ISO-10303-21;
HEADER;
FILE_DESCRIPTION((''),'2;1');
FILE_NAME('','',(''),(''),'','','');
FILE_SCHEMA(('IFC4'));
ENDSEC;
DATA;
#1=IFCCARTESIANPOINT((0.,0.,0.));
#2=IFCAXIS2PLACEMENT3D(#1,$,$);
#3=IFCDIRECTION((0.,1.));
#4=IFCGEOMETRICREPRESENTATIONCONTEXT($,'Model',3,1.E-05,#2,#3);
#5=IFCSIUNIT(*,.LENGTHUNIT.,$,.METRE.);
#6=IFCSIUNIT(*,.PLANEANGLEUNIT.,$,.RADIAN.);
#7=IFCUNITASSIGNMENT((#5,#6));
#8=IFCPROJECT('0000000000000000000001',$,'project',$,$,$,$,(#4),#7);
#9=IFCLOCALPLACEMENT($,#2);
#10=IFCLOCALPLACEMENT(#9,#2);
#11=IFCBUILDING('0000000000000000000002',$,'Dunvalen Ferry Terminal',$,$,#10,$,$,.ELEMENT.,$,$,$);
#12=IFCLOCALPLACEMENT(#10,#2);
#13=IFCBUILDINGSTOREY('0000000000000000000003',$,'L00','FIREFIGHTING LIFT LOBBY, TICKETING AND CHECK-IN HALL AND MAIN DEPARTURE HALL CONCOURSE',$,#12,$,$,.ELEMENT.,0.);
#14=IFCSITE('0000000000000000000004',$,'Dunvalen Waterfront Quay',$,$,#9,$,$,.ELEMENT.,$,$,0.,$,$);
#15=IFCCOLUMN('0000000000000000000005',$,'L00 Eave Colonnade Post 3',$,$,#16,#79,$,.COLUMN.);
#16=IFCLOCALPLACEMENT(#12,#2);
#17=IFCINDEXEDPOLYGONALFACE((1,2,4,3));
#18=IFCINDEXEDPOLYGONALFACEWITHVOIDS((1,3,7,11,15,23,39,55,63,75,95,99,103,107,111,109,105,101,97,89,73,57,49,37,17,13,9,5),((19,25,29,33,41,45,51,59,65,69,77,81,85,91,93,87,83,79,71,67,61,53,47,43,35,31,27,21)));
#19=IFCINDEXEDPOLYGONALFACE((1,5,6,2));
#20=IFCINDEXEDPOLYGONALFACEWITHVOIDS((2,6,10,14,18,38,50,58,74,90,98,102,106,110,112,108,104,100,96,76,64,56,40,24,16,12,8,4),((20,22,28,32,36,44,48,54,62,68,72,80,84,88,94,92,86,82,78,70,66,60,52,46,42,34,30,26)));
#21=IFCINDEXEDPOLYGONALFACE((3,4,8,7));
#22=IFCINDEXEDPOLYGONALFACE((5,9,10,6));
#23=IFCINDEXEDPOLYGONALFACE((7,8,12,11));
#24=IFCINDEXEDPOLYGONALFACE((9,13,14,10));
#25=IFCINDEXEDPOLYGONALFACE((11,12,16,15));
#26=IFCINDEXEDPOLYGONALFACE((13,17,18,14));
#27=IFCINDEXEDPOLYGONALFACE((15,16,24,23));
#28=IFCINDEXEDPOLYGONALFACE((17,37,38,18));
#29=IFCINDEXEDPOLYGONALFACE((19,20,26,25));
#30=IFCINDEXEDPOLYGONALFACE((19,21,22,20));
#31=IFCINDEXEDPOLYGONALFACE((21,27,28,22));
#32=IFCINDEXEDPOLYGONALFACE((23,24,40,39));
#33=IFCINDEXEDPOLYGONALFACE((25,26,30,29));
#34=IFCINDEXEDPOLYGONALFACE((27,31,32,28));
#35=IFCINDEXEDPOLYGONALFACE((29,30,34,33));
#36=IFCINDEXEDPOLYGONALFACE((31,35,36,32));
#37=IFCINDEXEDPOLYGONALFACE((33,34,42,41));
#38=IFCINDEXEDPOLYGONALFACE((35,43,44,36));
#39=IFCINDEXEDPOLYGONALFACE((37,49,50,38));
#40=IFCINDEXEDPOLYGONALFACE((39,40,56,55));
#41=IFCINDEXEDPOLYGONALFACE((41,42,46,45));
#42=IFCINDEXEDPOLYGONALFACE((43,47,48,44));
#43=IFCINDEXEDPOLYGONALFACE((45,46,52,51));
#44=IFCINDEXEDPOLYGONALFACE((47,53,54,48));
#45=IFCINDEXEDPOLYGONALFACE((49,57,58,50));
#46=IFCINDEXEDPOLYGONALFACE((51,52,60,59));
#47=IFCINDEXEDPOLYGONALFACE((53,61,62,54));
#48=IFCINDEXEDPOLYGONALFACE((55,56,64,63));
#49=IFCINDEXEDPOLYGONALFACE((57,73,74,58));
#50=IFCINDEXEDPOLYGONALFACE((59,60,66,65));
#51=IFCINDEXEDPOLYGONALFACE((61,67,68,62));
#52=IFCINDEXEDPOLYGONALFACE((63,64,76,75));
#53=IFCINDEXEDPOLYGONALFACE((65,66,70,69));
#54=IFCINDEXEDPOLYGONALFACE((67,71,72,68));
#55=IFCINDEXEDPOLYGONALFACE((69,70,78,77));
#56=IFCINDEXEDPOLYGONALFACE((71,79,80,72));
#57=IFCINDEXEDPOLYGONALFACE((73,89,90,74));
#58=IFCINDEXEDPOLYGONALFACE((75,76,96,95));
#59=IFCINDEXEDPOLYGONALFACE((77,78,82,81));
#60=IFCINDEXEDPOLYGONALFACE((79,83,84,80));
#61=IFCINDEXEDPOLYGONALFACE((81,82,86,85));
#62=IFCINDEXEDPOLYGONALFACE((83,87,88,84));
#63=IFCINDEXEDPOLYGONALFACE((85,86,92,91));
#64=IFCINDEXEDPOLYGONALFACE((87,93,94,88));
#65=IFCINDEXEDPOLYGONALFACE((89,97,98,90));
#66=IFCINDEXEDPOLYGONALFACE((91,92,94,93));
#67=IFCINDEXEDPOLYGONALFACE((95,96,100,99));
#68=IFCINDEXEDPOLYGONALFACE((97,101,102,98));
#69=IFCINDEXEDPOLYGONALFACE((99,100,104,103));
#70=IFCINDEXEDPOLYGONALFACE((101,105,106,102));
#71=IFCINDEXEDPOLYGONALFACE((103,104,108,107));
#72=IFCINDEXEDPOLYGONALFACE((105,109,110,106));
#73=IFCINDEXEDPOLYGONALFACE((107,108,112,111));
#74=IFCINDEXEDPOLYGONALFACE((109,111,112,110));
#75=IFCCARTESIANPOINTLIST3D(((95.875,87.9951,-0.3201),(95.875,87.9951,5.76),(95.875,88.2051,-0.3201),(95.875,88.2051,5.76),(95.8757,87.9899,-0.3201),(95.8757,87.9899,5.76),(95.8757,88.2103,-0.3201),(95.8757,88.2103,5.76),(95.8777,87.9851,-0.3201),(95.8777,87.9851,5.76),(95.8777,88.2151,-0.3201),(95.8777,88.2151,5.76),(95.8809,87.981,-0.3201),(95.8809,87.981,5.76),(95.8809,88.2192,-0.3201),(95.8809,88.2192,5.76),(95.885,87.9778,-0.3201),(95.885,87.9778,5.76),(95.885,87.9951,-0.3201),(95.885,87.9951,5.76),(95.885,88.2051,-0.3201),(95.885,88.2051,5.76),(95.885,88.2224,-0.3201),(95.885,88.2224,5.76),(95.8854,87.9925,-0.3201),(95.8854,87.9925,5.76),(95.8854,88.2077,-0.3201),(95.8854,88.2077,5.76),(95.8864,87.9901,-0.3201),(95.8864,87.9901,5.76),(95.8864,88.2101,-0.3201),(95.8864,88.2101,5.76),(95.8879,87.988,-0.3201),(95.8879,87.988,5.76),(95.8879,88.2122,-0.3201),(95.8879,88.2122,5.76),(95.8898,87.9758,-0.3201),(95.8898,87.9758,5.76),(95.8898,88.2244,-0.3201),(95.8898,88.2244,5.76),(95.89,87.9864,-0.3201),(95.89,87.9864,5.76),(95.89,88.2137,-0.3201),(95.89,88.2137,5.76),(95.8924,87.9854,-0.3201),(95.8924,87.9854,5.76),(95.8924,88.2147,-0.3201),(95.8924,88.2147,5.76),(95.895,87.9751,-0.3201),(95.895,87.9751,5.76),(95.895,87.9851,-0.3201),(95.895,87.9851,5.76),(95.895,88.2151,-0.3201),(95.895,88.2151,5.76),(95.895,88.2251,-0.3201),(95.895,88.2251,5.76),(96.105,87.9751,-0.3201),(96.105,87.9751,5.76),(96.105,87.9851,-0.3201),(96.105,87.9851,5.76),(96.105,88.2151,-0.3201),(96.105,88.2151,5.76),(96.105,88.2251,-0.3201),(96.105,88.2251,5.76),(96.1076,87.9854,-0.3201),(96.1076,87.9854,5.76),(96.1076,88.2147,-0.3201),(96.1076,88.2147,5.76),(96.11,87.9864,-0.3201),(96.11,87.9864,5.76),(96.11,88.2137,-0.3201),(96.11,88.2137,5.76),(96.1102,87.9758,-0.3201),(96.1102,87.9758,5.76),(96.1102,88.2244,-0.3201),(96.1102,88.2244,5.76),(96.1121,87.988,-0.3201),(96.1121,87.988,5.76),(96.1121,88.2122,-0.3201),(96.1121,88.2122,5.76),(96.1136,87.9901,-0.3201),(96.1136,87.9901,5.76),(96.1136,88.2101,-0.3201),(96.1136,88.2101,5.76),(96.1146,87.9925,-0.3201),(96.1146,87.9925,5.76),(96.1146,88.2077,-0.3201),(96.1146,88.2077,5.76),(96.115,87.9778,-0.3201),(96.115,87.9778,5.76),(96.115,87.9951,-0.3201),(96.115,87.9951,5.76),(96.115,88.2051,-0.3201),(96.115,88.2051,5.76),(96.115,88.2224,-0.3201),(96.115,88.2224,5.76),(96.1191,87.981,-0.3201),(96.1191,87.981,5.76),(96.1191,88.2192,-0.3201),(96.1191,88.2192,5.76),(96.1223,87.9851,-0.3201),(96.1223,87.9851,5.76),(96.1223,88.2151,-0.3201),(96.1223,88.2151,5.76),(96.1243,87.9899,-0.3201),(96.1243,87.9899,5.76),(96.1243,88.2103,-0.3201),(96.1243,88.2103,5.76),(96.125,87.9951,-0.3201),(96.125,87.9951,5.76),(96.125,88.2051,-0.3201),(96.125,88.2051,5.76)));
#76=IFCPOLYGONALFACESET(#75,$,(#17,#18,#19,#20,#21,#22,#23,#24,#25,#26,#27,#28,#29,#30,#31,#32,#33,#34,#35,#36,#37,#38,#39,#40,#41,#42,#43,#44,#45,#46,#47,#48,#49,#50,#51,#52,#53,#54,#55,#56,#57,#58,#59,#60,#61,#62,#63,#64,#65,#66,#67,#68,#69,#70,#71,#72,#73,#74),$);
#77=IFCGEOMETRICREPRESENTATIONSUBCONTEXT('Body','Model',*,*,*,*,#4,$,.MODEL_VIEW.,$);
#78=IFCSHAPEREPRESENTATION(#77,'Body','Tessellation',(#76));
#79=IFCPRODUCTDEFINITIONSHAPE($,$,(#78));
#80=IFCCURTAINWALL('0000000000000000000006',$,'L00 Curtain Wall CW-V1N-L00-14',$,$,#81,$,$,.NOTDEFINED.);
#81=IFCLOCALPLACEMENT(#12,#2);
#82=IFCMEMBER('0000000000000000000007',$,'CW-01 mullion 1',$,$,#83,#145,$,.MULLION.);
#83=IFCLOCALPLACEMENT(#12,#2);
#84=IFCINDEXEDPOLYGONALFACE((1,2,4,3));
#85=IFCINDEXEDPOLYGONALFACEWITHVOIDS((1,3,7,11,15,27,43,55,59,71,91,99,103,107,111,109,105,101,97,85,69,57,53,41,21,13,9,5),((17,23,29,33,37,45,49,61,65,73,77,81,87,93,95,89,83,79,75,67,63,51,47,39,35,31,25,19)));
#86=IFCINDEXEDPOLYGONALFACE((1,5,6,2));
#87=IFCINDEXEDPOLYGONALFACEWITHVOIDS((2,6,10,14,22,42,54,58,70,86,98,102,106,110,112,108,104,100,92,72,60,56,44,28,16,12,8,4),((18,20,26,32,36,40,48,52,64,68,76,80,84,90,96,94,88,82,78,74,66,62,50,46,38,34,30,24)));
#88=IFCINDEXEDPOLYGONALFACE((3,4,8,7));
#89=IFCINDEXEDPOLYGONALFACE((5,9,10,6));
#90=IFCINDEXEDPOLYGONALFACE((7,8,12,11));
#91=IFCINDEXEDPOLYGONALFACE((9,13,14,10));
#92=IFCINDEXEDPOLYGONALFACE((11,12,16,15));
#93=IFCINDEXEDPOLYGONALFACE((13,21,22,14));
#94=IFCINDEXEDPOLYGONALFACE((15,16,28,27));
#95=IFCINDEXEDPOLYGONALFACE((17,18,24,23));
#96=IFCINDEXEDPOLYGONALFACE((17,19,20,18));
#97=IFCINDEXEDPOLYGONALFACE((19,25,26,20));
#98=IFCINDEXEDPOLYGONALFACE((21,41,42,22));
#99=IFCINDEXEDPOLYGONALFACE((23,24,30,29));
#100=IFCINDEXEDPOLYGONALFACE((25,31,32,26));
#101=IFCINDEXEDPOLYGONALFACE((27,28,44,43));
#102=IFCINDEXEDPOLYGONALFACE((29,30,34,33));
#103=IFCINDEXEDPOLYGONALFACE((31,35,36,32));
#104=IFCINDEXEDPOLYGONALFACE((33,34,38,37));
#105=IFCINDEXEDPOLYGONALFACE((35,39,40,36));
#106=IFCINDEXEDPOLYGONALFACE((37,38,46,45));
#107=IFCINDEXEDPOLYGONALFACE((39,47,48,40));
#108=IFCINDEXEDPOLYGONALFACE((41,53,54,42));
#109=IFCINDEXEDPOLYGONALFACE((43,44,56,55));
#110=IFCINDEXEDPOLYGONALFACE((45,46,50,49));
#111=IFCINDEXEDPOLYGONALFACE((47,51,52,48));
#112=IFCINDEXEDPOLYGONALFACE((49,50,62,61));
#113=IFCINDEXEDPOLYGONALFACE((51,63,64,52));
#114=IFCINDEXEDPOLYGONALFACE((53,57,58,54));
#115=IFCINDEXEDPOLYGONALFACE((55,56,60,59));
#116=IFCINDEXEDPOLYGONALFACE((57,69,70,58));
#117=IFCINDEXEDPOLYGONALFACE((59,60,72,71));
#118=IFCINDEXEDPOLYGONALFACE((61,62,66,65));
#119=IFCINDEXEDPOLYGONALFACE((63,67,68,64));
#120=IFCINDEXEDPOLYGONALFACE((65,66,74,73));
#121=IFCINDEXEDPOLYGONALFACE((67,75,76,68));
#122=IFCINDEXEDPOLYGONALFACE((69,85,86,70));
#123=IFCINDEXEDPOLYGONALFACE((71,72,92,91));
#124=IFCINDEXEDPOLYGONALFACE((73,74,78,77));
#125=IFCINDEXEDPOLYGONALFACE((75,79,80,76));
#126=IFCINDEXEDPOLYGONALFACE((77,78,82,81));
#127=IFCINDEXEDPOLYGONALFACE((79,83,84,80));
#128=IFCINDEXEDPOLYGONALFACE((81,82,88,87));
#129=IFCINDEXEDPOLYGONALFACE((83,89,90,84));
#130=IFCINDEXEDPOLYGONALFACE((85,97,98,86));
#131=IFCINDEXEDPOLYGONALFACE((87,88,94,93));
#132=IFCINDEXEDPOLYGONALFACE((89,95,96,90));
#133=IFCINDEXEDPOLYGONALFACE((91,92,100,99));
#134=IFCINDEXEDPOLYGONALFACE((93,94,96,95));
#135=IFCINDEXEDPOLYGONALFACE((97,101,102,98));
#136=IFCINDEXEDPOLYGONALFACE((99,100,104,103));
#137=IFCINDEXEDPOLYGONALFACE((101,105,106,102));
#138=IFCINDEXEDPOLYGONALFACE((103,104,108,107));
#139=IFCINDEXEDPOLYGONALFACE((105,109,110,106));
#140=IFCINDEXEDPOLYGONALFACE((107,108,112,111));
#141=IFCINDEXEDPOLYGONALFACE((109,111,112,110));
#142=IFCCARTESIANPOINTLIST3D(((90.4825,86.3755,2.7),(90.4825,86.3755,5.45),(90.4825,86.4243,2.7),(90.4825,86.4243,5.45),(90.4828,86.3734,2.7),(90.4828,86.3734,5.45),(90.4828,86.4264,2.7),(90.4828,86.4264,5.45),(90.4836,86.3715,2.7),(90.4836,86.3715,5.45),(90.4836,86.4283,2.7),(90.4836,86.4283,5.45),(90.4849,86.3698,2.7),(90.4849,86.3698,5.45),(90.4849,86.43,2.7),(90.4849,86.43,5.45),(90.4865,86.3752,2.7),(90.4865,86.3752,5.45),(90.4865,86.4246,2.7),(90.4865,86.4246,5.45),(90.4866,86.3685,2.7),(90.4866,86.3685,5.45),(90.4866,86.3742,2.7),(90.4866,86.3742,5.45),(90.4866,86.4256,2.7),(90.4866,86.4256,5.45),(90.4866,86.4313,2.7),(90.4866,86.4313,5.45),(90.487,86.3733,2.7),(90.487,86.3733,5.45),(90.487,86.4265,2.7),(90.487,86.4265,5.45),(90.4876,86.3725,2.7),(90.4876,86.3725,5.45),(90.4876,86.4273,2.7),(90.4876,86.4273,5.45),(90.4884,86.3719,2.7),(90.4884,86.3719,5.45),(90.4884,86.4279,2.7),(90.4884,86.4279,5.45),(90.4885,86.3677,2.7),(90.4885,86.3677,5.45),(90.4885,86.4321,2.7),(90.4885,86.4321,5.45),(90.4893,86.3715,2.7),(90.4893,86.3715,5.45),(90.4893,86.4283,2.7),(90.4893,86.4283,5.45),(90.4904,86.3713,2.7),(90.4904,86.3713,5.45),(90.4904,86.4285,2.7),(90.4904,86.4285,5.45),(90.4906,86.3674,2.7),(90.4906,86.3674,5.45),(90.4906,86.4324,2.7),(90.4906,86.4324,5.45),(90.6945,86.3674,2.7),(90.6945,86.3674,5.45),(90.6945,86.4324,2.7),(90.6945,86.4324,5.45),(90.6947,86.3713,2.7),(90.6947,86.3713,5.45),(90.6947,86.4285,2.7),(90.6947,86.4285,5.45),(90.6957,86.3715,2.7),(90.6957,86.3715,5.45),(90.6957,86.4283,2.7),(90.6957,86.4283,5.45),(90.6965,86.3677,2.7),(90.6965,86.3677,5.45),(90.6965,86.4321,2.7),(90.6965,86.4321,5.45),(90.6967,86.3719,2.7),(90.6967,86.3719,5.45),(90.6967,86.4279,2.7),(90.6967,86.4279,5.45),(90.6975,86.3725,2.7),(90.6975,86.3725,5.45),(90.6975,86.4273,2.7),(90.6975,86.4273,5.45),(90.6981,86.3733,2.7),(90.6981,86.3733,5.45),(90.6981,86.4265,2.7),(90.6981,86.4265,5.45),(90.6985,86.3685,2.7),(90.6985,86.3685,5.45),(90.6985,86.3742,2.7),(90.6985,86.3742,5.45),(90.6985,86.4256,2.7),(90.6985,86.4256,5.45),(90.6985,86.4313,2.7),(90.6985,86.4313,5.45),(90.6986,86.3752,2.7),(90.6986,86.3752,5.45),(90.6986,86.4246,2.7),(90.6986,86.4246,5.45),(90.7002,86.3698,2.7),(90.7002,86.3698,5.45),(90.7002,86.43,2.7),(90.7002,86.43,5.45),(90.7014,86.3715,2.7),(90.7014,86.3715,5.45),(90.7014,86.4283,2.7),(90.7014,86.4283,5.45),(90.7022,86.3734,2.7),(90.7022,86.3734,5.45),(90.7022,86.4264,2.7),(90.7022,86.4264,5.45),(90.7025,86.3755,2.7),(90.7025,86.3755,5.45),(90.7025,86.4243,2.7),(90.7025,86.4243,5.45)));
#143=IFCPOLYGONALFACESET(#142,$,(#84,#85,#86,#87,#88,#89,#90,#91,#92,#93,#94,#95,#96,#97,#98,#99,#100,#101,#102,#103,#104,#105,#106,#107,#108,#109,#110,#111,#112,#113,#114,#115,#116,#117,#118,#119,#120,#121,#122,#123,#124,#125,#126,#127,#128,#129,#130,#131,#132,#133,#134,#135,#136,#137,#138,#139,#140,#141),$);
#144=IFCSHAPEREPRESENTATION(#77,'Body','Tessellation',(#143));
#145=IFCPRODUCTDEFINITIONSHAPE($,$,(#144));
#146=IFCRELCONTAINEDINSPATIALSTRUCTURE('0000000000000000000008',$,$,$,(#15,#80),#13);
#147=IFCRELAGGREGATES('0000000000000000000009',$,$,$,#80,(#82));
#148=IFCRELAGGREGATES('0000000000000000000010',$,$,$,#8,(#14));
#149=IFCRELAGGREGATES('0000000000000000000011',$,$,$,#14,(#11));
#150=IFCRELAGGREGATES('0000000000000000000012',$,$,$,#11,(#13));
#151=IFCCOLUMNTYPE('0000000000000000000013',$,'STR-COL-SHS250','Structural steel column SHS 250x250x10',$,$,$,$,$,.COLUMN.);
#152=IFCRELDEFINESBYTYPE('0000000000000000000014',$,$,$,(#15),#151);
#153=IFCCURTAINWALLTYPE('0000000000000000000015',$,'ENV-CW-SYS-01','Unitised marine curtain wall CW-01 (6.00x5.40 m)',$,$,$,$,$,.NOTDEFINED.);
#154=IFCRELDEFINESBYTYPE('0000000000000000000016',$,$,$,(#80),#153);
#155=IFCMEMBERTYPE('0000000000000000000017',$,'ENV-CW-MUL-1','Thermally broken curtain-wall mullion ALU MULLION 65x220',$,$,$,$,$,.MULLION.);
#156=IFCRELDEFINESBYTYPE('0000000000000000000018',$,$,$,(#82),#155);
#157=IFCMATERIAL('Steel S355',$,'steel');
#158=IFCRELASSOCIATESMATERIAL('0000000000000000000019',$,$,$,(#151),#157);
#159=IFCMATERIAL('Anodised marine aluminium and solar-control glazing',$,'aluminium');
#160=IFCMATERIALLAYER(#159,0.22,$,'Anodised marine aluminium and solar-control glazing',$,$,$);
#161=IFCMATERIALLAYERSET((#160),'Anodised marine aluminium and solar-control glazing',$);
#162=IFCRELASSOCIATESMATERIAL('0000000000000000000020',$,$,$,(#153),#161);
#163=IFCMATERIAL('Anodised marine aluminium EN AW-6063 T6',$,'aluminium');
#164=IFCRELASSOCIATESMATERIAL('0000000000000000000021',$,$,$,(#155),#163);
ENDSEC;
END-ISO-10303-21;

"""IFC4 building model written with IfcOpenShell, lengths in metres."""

from ifc_helpers import new_model, si_unit, direction, frame, origin, origin_2d, place, context, subcontext, project, spatial, hollow_rectangle, extrude, material, layer, layer_set, material_profile, profile_set, type_object, element, aggregate, save


model = new_model("IFC4")

# Units and contexts
model_context = context("Model", 3, precision=1e-05, world=origin(), true_north=direction((0.0, 1.0)))
body_context = subcontext(model_context, "Body", "Model", "MODEL_VIEW")
ifc_project = project(units=[si_unit("LENGTHUNIT", "METRE"), si_unit("PLANEANGLEUNIT", "RADIAN")], contexts=[model_context])

# Site, building, storey
site_placement = place(None, origin())
site = spatial("IfcSite", under=ifc_project, at=site_placement, Name="Dunvalen Waterfront Quay", CompositionType="ELEMENT", RefElevation=0.0)
building_placement = place(site_placement, origin())
building = spatial("IfcBuilding", under=site, at=building_placement, Name="Dunvalen Ferry Terminal", CompositionType="ELEMENT")
storey_placement = place(building_placement, origin())
storey = spatial("IfcBuildingStorey", under=building, at=storey_placement, Name="L00", Description="FIREFIGHTING LIFT LOBBY, TICKETING AND CHECK-IN HALL AND MAIN DEPARTURE HALL CONCOURSE", CompositionType="ELEMENT", Elevation=0.0)

# Column
ifc_material_1 = material(Name="Steel S355", Category="steel")
ifc_material_profile_1 = material_profile(ifc_material_1, hollow_rectangle(XDim=0.25, YDim=0.25, WallThickness=0.01, InnerFilletRadius=0.01, OuterFilletRadius=0.02, at=origin_2d()), Name="Steel S355")
ifc_profile_set_1 = profile_set([ifc_material_profile_1], Name="Steel S355")
column_type_1 = type_object("IfcColumnType", Name="STR-COL-SHS250", Description="Structural steel column SHS 250x250x10", PredefinedType="COLUMN", material=ifc_profile_set_1)
column_placement = place(storey_placement, frame((96.0, 88.1001, -0.3201), z_axis=(0.0, 0.0, 1.0), x_axis=(1.0, 0.0, 0.0)))
element("IfcColumn", 1, at=column_placement, inside=storey, type_object=column_type_1, Name="L00 Eave Colonnade Post 3", PredefinedType="COLUMN", context=body_context, shape_type="SweptSolid", body=[
    extrude(hollow_rectangle(XDim=0.25, YDim=0.25, WallThickness=0.01, InnerFilletRadius=0.01, OuterFilletRadius=0.02, at=origin_2d()), origin(), (0.0, 0.0, 1.0), 6.0801),
])

# Curtain wall, member
ifc_material_2 = material(Name="Anodised marine aluminium and solar-control glazing", Category="aluminium")
ifc_layer_1 = layer(ifc_material_2, 0.22, Name="Anodised marine aluminium and solar-control glazing")
ifc_layer_set_1 = layer_set([ifc_layer_1], Name="Anodised marine aluminium and solar-control glazing")
curtain_wall_type = type_object("IfcCurtainWallType", Name="ENV-CW-SYS-01", Description="Unitised marine curtain wall CW-01 (6.00x5.40 m)", PredefinedType="NOTDEFINED", material=ifc_layer_set_1)
curtain_wall_1_placement = place(storey_placement, origin())
curtain_wall_1 = element("IfcCurtainWall", 2, at=curtain_wall_1_placement, inside=storey, type_object=curtain_wall_type, Name="L00 Curtain Wall CW-V1N-L00-14", PredefinedType="NOTDEFINED")
ifc_material_3 = material(Name="Anodised marine aluminium EN AW-6063 T6", Category="aluminium")
ifc_material_profile_2 = material_profile(ifc_material_3, hollow_rectangle(XDim=0.0649, YDim=0.22, WallThickness=0.0039, InnerFilletRadius=0.0039, OuterFilletRadius=0.0081, at=origin_2d()), Name="Anodised marine aluminium EN AW-6063 T6")
ifc_profile_set_2 = profile_set([ifc_material_profile_2], Name="Anodised marine aluminium EN AW-6063 T6")
member_type_1 = type_object("IfcMemberType", Name="ENV-CW-MUL-1", Description="Thermally broken curtain-wall mullion ALU MULLION 65x220", PredefinedType="MULLION", material=ifc_profile_set_2)
member_1_placement = place(storey_placement, frame((90.5925, 86.3999, 2.7), z_axis=(0.0, 0.0, 1.0), x_axis=(0.0, 1.0, 0.0)))
member_1 = element("IfcMember", 3, at=member_1_placement, type_object=member_type_1, Name="CW-01 mullion 1", PredefinedType="MULLION", context=body_context, shape_type="SweptSolid", body=[
    extrude(hollow_rectangle(XDim=0.0649, YDim=0.22, WallThickness=0.0039, InnerFilletRadius=0.0039, OuterFilletRadius=0.0081, at=origin_2d()), origin(), (0.0, 0.0, 1.0), 2.75),
])

aggregate(curtain_wall_1, [member_1])

save(model, "model.ifc")
